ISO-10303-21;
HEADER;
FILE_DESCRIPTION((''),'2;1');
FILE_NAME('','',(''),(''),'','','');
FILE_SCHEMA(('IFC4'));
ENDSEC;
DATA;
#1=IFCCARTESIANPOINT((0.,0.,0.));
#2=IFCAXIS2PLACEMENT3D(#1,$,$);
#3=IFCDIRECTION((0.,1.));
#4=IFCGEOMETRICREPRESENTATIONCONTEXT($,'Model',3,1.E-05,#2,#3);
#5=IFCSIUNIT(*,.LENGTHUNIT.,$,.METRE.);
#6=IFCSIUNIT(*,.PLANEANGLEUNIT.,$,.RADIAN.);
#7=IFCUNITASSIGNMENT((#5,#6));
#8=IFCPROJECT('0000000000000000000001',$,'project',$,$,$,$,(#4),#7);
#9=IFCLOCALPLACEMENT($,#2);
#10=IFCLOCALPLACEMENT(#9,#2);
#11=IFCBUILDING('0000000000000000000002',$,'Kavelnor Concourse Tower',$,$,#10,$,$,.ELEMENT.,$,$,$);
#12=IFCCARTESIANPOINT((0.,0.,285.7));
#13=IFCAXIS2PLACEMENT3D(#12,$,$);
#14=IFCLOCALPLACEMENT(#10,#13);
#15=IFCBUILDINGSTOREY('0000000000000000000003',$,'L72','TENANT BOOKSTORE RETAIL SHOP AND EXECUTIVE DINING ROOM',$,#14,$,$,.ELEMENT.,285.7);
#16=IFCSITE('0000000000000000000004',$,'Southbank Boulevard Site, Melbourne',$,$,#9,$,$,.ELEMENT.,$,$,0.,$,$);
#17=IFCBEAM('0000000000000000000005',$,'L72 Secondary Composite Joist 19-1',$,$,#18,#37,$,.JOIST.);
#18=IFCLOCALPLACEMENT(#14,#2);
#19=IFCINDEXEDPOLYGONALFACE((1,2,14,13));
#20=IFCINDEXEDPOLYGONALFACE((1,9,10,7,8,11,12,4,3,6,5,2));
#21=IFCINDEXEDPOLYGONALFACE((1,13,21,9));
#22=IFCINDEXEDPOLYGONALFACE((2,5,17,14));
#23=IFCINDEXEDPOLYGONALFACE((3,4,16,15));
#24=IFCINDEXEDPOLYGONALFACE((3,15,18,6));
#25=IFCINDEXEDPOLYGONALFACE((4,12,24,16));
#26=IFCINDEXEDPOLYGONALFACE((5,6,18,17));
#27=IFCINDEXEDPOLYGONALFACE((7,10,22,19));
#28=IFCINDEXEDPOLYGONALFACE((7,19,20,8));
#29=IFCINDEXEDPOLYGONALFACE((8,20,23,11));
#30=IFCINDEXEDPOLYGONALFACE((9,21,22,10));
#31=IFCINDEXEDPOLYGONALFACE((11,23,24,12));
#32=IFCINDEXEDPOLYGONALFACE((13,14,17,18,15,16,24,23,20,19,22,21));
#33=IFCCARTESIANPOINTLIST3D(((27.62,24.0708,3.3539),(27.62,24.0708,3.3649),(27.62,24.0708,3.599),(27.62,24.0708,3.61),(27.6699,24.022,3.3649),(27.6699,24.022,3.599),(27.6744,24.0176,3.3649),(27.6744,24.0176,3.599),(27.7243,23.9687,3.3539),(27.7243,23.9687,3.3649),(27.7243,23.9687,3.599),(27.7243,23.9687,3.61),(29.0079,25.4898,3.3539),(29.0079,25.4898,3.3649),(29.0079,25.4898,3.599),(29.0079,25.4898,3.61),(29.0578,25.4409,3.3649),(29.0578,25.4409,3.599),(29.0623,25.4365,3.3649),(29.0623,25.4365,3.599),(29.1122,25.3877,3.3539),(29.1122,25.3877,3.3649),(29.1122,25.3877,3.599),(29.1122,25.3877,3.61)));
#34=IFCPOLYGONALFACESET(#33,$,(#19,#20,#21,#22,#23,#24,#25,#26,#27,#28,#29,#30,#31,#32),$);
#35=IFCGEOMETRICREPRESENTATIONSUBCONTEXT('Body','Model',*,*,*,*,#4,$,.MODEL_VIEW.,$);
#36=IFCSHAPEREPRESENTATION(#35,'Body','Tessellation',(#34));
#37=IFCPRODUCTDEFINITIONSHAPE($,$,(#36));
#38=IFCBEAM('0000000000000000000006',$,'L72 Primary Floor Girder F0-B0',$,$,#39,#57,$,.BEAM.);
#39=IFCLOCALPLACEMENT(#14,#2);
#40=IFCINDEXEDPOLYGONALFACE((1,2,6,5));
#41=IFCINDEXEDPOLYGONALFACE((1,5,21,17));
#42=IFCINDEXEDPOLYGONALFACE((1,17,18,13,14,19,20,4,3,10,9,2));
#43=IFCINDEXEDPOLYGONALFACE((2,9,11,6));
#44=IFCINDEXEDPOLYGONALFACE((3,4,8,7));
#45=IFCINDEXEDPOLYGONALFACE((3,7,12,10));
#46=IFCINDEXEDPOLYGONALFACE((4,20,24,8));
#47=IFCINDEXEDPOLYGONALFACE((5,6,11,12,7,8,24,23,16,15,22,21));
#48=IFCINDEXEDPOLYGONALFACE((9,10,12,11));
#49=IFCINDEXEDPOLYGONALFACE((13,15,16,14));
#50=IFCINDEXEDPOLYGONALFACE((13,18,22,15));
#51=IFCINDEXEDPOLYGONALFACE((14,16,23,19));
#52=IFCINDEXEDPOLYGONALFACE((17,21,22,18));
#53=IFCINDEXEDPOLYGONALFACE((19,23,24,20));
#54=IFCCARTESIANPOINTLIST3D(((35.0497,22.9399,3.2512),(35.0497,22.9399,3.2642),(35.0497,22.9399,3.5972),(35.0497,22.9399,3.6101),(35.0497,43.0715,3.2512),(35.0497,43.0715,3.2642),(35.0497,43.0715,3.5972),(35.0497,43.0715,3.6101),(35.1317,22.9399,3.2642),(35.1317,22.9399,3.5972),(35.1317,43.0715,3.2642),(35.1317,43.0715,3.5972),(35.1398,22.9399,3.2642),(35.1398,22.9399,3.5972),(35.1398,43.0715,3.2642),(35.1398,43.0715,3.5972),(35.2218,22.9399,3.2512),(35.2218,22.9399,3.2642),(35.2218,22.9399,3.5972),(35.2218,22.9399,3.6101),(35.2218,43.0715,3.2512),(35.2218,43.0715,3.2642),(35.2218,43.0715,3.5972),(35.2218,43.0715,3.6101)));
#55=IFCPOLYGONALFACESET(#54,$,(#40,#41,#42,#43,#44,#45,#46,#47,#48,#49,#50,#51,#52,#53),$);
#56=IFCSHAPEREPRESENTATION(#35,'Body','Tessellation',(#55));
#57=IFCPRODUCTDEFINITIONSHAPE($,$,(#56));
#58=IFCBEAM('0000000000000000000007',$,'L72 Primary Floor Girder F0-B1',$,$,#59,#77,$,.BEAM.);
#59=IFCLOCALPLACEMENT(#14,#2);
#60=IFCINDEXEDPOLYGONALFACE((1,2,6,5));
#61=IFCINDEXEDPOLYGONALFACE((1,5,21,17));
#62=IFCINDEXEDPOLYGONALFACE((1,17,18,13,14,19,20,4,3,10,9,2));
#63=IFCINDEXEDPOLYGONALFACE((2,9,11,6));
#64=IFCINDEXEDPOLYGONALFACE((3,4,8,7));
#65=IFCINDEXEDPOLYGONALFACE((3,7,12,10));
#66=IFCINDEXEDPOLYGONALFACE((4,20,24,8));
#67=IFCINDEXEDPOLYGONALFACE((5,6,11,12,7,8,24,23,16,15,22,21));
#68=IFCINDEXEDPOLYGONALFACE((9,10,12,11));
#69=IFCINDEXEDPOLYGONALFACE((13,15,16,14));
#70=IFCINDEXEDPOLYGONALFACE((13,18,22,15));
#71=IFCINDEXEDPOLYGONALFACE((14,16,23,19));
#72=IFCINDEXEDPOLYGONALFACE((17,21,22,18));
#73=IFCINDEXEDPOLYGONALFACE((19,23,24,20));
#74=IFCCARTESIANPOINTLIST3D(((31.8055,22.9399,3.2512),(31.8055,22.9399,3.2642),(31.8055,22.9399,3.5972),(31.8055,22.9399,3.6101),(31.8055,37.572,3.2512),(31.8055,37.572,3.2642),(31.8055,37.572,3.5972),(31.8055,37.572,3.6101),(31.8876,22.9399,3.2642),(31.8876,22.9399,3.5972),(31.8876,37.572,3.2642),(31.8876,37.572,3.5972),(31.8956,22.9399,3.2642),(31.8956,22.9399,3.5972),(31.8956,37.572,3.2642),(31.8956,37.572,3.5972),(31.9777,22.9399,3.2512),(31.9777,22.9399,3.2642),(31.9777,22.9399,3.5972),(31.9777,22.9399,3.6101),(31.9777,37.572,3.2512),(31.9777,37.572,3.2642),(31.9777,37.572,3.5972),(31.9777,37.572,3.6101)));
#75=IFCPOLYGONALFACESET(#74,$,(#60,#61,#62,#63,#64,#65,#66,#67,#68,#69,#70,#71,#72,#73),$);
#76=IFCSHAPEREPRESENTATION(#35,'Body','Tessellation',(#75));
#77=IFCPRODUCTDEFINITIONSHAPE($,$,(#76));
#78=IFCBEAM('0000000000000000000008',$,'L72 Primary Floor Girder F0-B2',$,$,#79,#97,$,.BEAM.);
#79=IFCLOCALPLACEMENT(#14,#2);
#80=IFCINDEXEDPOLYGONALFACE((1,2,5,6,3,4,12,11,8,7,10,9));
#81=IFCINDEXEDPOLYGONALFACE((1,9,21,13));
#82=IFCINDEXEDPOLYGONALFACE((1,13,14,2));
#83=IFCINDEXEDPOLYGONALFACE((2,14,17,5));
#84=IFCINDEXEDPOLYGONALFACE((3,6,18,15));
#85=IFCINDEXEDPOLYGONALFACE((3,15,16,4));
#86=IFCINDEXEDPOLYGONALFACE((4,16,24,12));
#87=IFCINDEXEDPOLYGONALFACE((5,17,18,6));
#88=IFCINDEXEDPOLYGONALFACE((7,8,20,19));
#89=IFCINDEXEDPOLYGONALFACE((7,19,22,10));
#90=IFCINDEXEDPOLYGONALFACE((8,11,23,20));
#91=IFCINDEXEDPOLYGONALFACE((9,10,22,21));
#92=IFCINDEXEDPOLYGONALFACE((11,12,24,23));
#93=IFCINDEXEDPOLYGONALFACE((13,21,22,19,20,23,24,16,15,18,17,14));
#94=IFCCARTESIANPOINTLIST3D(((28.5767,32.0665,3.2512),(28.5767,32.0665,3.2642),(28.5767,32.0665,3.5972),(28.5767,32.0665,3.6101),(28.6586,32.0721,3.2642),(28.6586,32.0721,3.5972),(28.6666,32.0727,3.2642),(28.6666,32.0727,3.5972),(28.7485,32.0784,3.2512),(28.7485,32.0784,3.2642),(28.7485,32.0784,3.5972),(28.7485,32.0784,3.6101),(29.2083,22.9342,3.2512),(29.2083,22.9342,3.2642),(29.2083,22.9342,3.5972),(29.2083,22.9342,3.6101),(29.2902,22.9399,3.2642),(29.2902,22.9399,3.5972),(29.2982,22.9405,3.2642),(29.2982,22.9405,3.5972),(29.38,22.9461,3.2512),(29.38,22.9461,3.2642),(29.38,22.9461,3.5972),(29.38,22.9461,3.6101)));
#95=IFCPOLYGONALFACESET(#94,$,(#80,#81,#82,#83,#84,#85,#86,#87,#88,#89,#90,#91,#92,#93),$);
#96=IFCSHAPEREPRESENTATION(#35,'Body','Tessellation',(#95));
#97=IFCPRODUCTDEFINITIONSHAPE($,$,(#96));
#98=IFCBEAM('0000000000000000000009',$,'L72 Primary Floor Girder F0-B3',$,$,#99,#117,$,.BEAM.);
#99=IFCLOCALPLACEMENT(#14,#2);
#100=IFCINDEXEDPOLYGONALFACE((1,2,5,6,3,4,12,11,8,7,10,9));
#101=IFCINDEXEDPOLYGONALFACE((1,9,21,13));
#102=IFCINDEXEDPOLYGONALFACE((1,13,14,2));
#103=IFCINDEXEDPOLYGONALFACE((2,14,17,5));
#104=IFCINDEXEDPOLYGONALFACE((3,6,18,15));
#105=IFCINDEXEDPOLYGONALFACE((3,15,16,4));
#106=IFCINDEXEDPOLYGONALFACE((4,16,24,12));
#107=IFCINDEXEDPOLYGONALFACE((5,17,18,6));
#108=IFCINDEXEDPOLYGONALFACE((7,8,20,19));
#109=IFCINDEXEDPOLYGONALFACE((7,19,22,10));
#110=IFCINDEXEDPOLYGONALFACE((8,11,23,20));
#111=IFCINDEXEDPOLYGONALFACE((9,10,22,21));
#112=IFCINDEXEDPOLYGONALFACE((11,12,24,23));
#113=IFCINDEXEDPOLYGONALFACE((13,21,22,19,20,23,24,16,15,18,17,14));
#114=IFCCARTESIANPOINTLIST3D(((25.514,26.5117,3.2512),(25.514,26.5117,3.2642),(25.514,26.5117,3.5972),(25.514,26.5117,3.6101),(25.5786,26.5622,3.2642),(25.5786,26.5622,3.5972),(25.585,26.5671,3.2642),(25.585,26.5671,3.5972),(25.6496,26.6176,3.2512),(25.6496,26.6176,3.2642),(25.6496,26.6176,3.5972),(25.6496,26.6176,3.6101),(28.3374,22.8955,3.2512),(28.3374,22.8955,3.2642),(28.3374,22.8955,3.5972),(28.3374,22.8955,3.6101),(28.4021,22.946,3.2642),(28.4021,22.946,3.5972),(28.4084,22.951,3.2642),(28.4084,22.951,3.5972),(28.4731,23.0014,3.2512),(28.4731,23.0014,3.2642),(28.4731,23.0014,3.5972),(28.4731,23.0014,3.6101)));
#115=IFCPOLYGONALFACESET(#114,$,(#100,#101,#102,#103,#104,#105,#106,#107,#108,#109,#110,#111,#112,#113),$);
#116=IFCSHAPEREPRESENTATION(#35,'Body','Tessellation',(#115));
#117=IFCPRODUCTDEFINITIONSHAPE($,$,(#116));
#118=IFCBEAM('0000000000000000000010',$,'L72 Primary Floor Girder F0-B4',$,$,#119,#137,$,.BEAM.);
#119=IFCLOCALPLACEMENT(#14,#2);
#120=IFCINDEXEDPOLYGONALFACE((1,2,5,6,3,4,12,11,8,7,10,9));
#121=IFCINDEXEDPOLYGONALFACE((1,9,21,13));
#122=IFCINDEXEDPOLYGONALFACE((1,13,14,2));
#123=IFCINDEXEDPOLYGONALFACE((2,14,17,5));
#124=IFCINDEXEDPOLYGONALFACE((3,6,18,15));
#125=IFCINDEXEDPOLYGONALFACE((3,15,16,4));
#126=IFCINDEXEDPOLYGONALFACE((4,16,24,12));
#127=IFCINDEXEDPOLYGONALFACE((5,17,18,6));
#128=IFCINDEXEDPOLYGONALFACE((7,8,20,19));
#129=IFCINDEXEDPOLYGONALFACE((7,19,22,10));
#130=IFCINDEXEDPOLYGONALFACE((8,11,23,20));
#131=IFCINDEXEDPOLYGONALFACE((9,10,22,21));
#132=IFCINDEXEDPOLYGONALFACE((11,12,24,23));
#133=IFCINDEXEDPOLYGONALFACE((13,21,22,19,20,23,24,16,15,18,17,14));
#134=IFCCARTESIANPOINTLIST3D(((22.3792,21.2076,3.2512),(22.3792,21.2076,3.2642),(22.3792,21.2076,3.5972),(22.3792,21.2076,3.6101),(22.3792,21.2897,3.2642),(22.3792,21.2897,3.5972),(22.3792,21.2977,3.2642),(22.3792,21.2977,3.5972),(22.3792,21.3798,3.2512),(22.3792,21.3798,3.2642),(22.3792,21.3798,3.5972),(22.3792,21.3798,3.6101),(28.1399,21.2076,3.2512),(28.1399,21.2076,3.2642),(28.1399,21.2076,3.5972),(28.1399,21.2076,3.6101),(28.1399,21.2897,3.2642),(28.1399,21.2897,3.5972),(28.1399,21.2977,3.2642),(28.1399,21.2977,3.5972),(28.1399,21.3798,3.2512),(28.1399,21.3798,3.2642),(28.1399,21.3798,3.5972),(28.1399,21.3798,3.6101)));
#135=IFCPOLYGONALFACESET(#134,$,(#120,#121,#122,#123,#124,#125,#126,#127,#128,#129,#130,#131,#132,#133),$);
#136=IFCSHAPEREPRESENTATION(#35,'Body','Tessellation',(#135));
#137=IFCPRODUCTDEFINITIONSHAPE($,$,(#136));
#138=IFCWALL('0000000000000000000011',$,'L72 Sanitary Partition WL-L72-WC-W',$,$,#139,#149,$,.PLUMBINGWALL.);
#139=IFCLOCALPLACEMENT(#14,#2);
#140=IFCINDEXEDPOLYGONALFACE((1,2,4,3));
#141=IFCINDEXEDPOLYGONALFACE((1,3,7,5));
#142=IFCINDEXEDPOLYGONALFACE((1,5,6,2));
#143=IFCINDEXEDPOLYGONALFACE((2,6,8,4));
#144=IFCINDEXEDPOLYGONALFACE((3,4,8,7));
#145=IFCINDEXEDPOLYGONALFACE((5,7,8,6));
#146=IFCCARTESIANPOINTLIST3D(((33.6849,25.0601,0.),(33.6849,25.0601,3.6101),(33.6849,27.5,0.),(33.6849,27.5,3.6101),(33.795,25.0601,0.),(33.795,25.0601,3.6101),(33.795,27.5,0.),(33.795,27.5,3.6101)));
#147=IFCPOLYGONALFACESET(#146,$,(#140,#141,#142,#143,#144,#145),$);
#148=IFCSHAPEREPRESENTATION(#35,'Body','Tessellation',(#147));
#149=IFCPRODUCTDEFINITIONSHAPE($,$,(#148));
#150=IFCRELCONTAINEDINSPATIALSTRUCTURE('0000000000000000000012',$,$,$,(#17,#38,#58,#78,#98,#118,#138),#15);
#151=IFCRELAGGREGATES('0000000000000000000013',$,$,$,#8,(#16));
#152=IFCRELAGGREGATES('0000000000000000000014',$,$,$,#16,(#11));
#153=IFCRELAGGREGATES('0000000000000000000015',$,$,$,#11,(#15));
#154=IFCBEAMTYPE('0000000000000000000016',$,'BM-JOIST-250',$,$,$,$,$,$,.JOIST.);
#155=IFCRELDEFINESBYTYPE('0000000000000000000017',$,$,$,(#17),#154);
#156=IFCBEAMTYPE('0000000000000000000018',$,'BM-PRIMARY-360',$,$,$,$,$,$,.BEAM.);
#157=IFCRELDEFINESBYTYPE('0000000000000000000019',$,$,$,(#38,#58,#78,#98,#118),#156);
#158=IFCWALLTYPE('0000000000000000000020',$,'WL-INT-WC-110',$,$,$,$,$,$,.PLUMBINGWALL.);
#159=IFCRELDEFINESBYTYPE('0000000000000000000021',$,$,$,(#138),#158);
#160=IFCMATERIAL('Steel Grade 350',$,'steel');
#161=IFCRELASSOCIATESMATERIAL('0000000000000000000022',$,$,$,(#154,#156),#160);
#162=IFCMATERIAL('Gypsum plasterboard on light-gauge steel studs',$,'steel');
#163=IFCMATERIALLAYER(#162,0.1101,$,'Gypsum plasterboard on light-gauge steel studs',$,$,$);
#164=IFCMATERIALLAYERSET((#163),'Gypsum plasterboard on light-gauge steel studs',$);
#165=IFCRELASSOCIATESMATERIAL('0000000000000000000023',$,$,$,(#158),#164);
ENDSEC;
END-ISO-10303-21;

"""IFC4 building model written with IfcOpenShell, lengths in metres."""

from ifc_helpers import new_model, si_unit, direction, frame, frame_2d, origin, origin_2d, place, context, subcontext, project, spatial, rectangle, i_section, extrude, material, layer, layer_set, material_profile, profile_set, type_object, element, save


model = new_model("IFC4")

# Units and contexts
model_context = context("Model", 3, precision=1e-05, world=origin(), true_north=direction((0.0, 1.0)))
body_context = subcontext(model_context, "Body", "Model", "MODEL_VIEW")
ifc_project = project(units=[si_unit("LENGTHUNIT", "METRE"), si_unit("PLANEANGLEUNIT", "RADIAN")], contexts=[model_context])

# Site, building, storey
site_placement = place(None, origin())
site = spatial("IfcSite", under=ifc_project, at=site_placement, Name="Southbank Boulevard Site, Melbourne", CompositionType="ELEMENT", RefElevation=0.0)
building_placement = place(site_placement, origin())
building = spatial("IfcBuilding", under=site, at=building_placement, Name="Kavelnor Concourse Tower", CompositionType="ELEMENT")
storey_placement = place(building_placement, frame((0.0, 0.0, 285.7)))
storey = spatial("IfcBuildingStorey", under=building, at=storey_placement, Name="L72", Description="TENANT BOOKSTORE RETAIL SHOP AND EXECUTIVE DINING ROOM", CompositionType="ELEMENT", Elevation=285.7)

# Beams
ifc_material_1 = material(Name="Steel Grade 350", Category="steel")
ifc_material_profile_1 = material_profile(ifc_material_1, i_section(OverallWidth=0.146, OverallDepth=0.2561, WebThickness=0.0063, FlangeThickness=0.011, at=origin_2d()), Name="250UB37")
ifc_profile_set_1 = profile_set([ifc_material_profile_1], Name="Steel Grade 350")
beam_type_1 = type_object("IfcBeamType", Name="BM-JOIST-250", PredefinedType="JOIST", material=ifc_profile_set_1)
beam_1_placement = place(storey_placement, frame((29.0601, 25.4387, 3.4819), z_axis=(-0.699253, -0.714874, 0.0), x_axis=(0.714874, -0.699253, 0.0)))
element("IfcBeam", 1, at=beam_1_placement, inside=storey, type_object=beam_type_1, Name="L72 Secondary Composite Joist 19-1", PredefinedType="JOIST", context=body_context, shape_type="SweptSolid", body=[
    extrude(i_section(OverallWidth=0.146, OverallDepth=0.2561, WebThickness=0.0063, FlangeThickness=0.011, at=origin_2d()), origin(), (0.0, 0.0, 1.0), 1.9849),
])
ifc_material_profile_2 = material_profile(ifc_material_1, i_section(OverallWidth=0.1721, OverallDepth=0.3589, WebThickness=0.0081, FlangeThickness=0.0129, at=origin_2d()), Name="360UB56")
ifc_profile_set_2 = profile_set([ifc_material_profile_2], Name="Steel Grade 350")
beam_type_2 = type_object("IfcBeamType", Name="BM-PRIMARY-360", PredefinedType="BEAM", material=ifc_profile_set_2)
beam_2_placement = place(storey_placement, frame((35.1357, 22.9399, 3.4307), z_axis=(0.0, 1.0, 0.0), x_axis=(-1.0, 0.0, 0.0)))
element("IfcBeam", 2, at=beam_2_placement, inside=storey, type_object=beam_type_2, Name="L72 Primary Floor Girder F0-B0", PredefinedType="BEAM", context=body_context, shape_type="SweptSolid", body=[
    extrude(i_section(OverallWidth=0.1721, OverallDepth=0.3589, WebThickness=0.0081, FlangeThickness=0.0129, at=origin_2d()), origin(), (0.0, 0.0, 1.0), 20.1316),
])
beam_3_placement = place(storey_placement, frame((31.8916, 22.9399, 3.4307), z_axis=(0.0, 1.0, 0.0), x_axis=(-1.0, 0.0, 0.0)))
element("IfcBeam", 3, at=beam_3_placement, inside=storey, type_object=beam_type_2, Name="L72 Primary Floor Girder F0-B1", PredefinedType="BEAM", context=body_context, shape_type="SweptSolid", body=[
    extrude(i_section(OverallWidth=0.1721, OverallDepth=0.3589, WebThickness=0.0081, FlangeThickness=0.0129, at=origin_2d()), origin(), (0.0, 0.0, 1.0), 14.6321),
])
beam_4_placement = place(storey_placement, frame((29.2942, 22.9402, 3.4307), z_axis=(-0.068995, 0.997617, 0.0), x_axis=(-0.997617, -0.068995, 0.0)))
element("IfcBeam", 4, at=beam_4_placement, inside=storey, type_object=beam_type_2, Name="L72 Primary Floor Girder F0-B2", PredefinedType="BEAM", context=body_context, shape_type="SweptSolid", body=[
    extrude(i_section(OverallWidth=0.1721, OverallDepth=0.3589, WebThickness=0.0081, FlangeThickness=0.0129, at=origin_2d()), origin(), (0.0, 0.0, 1.0), 9.1541),
])
beam_5_placement = place(storey_placement, frame((28.4053, 22.9485, 3.4307), z_axis=(-0.615417, 0.788202, 0.0), x_axis=(-0.788202, -0.615417, 0.0)))
element("IfcBeam", 5, at=beam_5_placement, inside=storey, type_object=beam_type_2, Name="L72 Primary Floor Girder F0-B3", PredefinedType="BEAM", context=body_context, shape_type="SweptSolid", body=[
    extrude(i_section(OverallWidth=0.1721, OverallDepth=0.3589, WebThickness=0.0081, FlangeThickness=0.0129, at=origin_2d()), origin(), (0.0, 0.0, 1.0), 4.5879),
])
beam_6_placement = place(storey_placement, frame((28.1399, 21.2937, 3.4307), z_axis=(-1.0, 0.0, 0.0), x_axis=(0.0, -1.0, 0.0)))
element("IfcBeam", 6, at=beam_6_placement, inside=storey, type_object=beam_type_2, Name="L72 Primary Floor Girder F0-B4", PredefinedType="BEAM", context=body_context, shape_type="SweptSolid", body=[
    extrude(i_section(OverallWidth=0.1721, OverallDepth=0.3589, WebThickness=0.0081, FlangeThickness=0.0129, at=origin_2d()), origin(), (0.0, 0.0, 1.0), 5.7607),
])

# Wall
ifc_material_2 = material(Name="Gypsum plasterboard on light-gauge steel studs", Category="steel")
ifc_layer_1 = layer(ifc_material_2, 0.1101, Name="Gypsum plasterboard on light-gauge steel studs")
ifc_layer_set_1 = layer_set([ifc_layer_1], Name="Gypsum plasterboard on light-gauge steel studs")
wall_type_1 = type_object("IfcWallType", Name="WL-INT-WC-110", PredefinedType="PLUMBINGWALL", material=ifc_layer_set_1)
wall_1_placement = place(storey_placement, frame((33.74, 25.0601, 0.0), z_axis=(0.0, 0.0, 1.0), x_axis=(0.0, 1.0, 0.0)))
element("IfcWall", 7, at=wall_1_placement, inside=storey, type_object=wall_type_1, Name="L72 Sanitary Partition WL-L72-WC-W", PredefinedType="PLUMBINGWALL", context=body_context, shape_type="SweptSolid", body=[
    extrude(rectangle(XDim=2.4399, YDim=0.1101, at=frame_2d((1.22, 0.0))), origin(), (0.0, 0.0, 1.0), 3.6101),
])

save(model, "model.ifc")
